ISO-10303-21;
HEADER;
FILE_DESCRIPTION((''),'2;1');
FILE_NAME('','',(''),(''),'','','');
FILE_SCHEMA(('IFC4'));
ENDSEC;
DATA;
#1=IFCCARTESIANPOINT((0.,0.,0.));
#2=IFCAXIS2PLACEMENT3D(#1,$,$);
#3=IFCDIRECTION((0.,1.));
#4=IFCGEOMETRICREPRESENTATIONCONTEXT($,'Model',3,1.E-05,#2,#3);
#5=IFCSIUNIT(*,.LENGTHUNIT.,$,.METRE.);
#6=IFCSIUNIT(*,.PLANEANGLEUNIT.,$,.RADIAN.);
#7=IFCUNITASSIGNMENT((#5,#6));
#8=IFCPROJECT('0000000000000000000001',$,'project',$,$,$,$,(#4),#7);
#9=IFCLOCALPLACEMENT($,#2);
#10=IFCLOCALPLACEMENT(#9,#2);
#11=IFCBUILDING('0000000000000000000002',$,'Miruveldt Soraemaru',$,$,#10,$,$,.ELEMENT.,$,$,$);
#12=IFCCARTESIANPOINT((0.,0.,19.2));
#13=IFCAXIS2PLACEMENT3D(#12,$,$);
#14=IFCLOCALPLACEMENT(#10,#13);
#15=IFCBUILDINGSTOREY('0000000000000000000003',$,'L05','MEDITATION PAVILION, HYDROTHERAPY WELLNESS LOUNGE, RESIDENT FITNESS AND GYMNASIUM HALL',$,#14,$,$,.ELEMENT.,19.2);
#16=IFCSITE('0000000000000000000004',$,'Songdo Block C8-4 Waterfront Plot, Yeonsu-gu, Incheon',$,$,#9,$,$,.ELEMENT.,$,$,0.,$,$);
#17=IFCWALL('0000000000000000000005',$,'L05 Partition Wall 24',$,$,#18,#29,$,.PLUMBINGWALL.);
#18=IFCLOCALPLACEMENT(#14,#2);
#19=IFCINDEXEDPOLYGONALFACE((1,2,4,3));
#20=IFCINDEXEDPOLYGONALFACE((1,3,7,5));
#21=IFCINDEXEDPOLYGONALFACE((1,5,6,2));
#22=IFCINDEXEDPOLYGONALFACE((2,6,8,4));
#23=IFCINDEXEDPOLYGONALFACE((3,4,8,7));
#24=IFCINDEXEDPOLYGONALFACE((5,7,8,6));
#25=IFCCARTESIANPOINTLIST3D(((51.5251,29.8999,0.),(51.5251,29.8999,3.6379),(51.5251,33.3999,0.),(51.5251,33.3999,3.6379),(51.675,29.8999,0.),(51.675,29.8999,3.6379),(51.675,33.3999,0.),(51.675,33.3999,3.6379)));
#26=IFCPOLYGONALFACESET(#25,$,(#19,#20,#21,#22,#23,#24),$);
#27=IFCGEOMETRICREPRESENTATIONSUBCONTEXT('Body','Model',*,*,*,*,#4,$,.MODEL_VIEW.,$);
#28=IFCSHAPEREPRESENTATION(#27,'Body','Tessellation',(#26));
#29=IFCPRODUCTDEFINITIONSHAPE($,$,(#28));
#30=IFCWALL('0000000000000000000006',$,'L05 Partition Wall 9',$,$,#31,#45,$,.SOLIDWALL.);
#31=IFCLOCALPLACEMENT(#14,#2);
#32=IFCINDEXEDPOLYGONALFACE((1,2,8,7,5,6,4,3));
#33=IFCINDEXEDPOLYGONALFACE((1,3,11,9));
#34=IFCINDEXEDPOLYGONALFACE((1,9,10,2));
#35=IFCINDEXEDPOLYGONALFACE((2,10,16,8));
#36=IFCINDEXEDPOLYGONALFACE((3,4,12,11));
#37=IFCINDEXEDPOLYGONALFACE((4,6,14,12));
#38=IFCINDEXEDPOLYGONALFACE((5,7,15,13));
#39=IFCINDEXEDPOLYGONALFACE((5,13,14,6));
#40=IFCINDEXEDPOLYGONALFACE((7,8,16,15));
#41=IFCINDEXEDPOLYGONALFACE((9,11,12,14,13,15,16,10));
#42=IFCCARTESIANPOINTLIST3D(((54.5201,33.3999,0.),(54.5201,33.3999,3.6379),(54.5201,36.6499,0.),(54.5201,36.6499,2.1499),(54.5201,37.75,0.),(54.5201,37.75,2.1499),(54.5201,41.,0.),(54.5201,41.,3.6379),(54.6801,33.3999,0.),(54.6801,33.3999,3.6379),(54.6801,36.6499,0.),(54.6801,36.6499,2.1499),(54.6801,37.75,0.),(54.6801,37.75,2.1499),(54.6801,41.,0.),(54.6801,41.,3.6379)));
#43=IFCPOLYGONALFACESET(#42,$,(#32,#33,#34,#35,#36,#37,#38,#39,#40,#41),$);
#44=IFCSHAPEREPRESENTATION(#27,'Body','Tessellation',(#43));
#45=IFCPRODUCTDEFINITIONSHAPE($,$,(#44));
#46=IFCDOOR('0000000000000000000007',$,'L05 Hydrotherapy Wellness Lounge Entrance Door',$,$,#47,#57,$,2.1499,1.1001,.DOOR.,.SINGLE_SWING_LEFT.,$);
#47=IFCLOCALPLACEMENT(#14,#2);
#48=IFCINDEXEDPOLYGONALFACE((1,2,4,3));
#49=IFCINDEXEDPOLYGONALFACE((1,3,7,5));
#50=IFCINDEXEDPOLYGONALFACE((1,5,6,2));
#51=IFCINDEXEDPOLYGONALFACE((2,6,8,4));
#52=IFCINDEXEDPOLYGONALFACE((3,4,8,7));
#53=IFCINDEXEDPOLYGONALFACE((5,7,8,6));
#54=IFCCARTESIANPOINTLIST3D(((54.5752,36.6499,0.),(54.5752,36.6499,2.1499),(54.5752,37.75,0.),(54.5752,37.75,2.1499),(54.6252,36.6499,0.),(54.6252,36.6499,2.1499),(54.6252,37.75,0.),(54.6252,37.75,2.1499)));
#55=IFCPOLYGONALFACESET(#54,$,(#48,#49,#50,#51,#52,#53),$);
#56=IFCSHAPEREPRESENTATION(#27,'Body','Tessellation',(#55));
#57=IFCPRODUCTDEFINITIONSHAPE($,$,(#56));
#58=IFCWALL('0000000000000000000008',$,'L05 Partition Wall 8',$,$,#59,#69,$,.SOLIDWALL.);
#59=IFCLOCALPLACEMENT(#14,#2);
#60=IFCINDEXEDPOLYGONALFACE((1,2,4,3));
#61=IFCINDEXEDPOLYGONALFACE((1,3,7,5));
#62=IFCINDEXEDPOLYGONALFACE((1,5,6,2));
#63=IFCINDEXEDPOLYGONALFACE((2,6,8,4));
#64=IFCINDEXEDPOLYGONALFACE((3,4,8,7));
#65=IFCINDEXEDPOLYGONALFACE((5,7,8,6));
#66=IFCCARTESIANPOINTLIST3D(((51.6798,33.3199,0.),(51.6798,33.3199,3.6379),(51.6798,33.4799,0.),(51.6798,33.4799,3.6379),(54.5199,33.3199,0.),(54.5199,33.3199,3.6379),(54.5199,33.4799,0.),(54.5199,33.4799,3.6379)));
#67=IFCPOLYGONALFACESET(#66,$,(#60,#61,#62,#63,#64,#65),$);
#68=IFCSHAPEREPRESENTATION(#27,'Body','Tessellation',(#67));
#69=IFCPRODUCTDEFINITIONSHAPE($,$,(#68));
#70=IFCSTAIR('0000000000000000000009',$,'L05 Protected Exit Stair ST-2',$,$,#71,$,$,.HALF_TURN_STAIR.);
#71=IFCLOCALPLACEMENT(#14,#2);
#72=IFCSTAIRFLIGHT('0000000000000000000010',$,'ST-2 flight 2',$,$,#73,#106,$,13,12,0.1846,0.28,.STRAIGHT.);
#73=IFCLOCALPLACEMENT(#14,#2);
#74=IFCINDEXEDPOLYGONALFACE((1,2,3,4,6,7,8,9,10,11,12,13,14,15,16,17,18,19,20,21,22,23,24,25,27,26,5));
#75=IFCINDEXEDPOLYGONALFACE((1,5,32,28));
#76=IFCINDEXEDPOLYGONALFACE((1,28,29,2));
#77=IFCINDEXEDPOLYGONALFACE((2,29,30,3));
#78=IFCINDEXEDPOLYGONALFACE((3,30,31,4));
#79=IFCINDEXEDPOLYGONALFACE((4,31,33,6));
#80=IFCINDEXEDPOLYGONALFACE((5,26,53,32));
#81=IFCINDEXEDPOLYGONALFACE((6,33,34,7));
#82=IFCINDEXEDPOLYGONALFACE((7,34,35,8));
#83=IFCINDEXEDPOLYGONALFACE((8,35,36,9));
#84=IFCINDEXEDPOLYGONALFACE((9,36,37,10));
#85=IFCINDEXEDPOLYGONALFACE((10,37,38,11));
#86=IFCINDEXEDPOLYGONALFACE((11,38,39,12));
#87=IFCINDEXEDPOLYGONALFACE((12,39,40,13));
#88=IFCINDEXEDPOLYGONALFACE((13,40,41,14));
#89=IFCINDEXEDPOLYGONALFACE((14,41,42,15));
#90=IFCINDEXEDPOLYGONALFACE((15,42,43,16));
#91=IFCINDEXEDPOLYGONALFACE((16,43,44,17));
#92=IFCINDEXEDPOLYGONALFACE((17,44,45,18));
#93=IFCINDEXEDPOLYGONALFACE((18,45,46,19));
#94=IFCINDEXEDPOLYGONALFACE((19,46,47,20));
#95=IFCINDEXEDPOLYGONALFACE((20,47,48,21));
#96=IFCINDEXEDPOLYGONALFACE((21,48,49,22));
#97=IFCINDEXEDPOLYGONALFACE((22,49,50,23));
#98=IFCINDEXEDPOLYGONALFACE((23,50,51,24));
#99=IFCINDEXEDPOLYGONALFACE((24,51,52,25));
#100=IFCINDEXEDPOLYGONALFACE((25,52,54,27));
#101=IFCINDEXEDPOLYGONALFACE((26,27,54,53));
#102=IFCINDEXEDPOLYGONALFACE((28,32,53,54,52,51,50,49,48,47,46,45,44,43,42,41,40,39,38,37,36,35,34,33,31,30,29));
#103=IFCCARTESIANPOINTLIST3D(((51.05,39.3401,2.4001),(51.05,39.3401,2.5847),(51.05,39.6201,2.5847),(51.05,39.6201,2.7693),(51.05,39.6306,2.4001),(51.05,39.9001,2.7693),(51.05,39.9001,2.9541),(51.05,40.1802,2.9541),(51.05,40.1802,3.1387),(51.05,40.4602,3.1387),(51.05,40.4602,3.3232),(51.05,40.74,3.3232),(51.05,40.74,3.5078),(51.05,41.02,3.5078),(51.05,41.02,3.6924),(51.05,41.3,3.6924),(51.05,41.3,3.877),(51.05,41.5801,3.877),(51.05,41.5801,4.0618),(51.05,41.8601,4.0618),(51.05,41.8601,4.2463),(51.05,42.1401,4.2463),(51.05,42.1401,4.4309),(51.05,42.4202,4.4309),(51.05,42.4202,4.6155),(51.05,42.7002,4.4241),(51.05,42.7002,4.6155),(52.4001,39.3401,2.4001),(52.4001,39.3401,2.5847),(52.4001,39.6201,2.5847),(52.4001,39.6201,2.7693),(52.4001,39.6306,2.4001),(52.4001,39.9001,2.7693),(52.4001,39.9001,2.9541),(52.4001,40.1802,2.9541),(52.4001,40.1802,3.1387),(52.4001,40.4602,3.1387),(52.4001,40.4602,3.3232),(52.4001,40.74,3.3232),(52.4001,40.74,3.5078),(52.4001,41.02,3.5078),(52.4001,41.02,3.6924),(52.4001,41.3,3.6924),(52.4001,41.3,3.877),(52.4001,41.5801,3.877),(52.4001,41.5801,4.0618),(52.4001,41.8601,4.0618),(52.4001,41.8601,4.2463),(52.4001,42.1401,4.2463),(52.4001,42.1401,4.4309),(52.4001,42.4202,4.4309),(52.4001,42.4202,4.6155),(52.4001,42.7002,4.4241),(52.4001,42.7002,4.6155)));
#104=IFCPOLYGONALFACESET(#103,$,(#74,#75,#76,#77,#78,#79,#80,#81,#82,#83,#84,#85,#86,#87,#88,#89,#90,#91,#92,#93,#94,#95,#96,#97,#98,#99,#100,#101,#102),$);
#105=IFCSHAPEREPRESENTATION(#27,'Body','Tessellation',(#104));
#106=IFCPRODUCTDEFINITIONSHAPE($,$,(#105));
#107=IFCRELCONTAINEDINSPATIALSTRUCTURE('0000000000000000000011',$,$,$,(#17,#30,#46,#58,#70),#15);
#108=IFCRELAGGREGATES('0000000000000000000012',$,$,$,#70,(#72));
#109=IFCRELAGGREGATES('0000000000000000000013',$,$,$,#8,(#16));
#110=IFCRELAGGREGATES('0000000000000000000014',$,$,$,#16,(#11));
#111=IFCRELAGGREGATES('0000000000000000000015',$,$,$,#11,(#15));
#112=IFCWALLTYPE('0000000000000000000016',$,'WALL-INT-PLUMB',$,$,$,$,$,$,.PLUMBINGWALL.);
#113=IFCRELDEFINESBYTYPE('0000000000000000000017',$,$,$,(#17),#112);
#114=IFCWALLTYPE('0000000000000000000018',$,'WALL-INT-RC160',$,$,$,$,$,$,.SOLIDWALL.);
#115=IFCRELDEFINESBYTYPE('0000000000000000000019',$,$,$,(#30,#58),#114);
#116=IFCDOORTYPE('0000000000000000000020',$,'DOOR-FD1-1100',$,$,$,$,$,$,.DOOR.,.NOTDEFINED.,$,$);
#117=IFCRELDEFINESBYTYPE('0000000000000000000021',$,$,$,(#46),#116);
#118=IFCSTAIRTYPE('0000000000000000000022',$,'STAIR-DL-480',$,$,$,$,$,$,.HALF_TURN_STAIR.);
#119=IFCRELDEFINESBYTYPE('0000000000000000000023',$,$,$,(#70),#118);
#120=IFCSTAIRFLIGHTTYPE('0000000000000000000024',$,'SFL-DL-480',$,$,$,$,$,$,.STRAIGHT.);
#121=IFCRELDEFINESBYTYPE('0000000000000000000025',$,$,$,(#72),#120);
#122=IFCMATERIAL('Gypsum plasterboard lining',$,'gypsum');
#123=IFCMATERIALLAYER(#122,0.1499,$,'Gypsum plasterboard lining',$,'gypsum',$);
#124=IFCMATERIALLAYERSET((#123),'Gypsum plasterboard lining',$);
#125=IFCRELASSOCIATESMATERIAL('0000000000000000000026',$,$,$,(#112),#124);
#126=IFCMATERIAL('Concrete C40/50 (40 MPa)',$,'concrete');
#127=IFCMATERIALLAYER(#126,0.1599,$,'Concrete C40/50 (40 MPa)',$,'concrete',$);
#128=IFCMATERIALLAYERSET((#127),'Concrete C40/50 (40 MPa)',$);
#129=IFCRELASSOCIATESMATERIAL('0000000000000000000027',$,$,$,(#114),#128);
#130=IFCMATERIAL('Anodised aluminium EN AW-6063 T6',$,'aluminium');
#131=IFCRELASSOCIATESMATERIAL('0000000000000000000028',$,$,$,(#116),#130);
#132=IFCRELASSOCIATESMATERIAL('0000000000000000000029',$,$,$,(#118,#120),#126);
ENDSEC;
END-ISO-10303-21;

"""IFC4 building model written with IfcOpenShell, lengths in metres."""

from ifc_helpers import new_model, si_unit, direction, frame, frame_2d, origin, place, context, subcontext, project, spatial, polyline, rectangle, outline, extrude, material, layer, layer_set, type_object, element, fill, aggregate, save


model = new_model("IFC4")

# Units and contexts
model_context = context("Model", 3, precision=1e-05, world=origin(), true_north=direction((0.0, 1.0)))
body_context = subcontext(model_context, "Body", "Model", "MODEL_VIEW")
ifc_project = project(units=[si_unit("LENGTHUNIT", "METRE"), si_unit("PLANEANGLEUNIT", "RADIAN")], contexts=[model_context])

# Site, building, storey
site_placement = place(None, origin())
site = spatial("IfcSite", under=ifc_project, at=site_placement, Name="Songdo Block C8-4 Waterfront Plot, Yeonsu-gu, Incheon", CompositionType="ELEMENT", RefElevation=0.0)
building_placement = place(site_placement, origin())
building = spatial("IfcBuilding", under=site, at=building_placement, Name="Miruveldt Soraemaru", CompositionType="ELEMENT")
storey_placement = place(building_placement, frame((0.0, 0.0, 19.2)))
storey = spatial("IfcBuildingStorey", under=building, at=storey_placement, Name="L05", Description="MEDITATION PAVILION, HYDROTHERAPY WELLNESS LOUNGE, RESIDENT FITNESS AND GYMNASIUM HALL", CompositionType="ELEMENT", Elevation=19.2)

# Wall
ifc_material_1 = material(Name="Gypsum plasterboard lining", Category="gypsum")
ifc_layer_1 = layer(ifc_material_1, 0.1499, Name="Gypsum plasterboard lining", Category="gypsum")
ifc_layer_set_1 = layer_set([ifc_layer_1], Name="Gypsum plasterboard lining")
wall_type_1 = type_object("IfcWallType", Name="WALL-INT-PLUMB", PredefinedType="PLUMBINGWALL", material=ifc_layer_set_1)
wall_1_placement = place(storey_placement, frame((51.6001, 29.8999, 0.0), z_axis=(0.0, 0.0, 1.0), x_axis=(0.0, 1.0, 0.0)))
element("IfcWall", 1, at=wall_1_placement, inside=storey, type_object=wall_type_1, Name="L05 Partition Wall 24", PredefinedType="PLUMBINGWALL", context=body_context, shape_type="SweptSolid", body=[
    extrude(rectangle(XDim=3.5, YDim=0.1499, at=frame_2d((1.75, 0.0))), origin(), (0.0, 0.0, 1.0), 3.6379),
])

# Wall, opening, door
ifc_material_2 = material(Name="Concrete C40/50 (40 MPa)", Category="concrete")
ifc_layer_2 = layer(ifc_material_2, 0.1599, Name="Concrete C40/50 (40 MPa)", Category="concrete")
ifc_layer_set_2 = layer_set([ifc_layer_2], Name="Concrete C40/50 (40 MPa)")
wall_type_2 = type_object("IfcWallType", Name="WALL-INT-RC160", PredefinedType="SOLIDWALL", material=ifc_layer_set_2)
wall_2_placement = place(storey_placement, frame((54.6001, 33.3999, 0.0), z_axis=(0.0, 0.0, 1.0), x_axis=(0.0, 1.0, 0.0)))
wall_2 = element("IfcWall", 2, at=wall_2_placement, inside=storey, type_object=wall_type_2, Name="L05 Partition Wall 9", PredefinedType="SOLIDWALL", context=body_context, shape_type="SweptSolid", body=[
    extrude(rectangle(XDim=7.6001, YDim=0.1599, at=frame_2d((3.8, 0.0))), origin(), (0.0, 0.0, 1.0), 3.6379),
])
opening_placement = place(wall_2_placement, frame((3.25, 0.0, 0.0)))
opening = element("IfcOpeningElement", 3, at=opening_placement, cuts=wall_2, PredefinedType="OPENING", context=body_context, shape_type="SweptSolid", body=[
    extrude(rectangle(XDim=1.1001, YDim=2.1499, at=frame_2d((0.55, 1.075))), frame((0.0, 0.0898, 0.0), z_axis=(0.0, -1.0, 0.0), x_axis=(1.0, 0.0, 0.0)), (0.0, 0.0, 1.0), 0.1799),
])
ifc_material_3 = material(Name="Anodised aluminium EN AW-6063 T6", Category="aluminium")
door_type = type_object("IfcDoorType", Name="DOOR-FD1-1100", OperationType="NOTDEFINED", PredefinedType="DOOR", material=ifc_material_3)
door_placement = place(opening_placement, origin())
door = element("IfcDoor", 4, at=door_placement, inside=storey, type_object=door_type, Name="L05 Hydrotherapy Wellness Lounge Entrance Door", OperationType="SINGLE_SWING_LEFT", OverallHeight=2.1499, OverallWidth=1.1001, PredefinedType="DOOR", context=body_context, shape_type="SweptSolid", body=[
    extrude(rectangle(XDim=1.1001, YDim=2.1499, at=frame_2d((0.55, 1.075))), frame((0.0, 0.0249, 0.0), z_axis=(0.0, -1.0, 0.0), x_axis=(1.0, 0.0, 0.0)), (0.0, 0.0, 1.0), 0.05),
])
fill(opening, door)

# Wall
wall_3_placement = place(storey_placement, frame((51.6799, 33.3999, 0.0), z_axis=(0.0, 0.0, 1.0), x_axis=(1.0, 0.0, 0.0)))
element("IfcWall", 5, at=wall_3_placement, inside=storey, type_object=wall_type_2, Name="L05 Partition Wall 8", PredefinedType="SOLIDWALL", context=body_context, shape_type="SweptSolid", body=[
    extrude(rectangle(XDim=2.8401, YDim=0.1599, at=frame_2d((1.4199, 0.0))), origin(), (0.0, 0.0, 1.0), 3.6379),
])

# Stair, stair flight
stair_type = type_object("IfcStairType", Name="STAIR-DL-480", PredefinedType="HALF_TURN_STAIR", material=ifc_material_2)
stair_placement = place(storey_placement, origin())
stair = element("IfcStair", 6, at=stair_placement, inside=storey, type_object=stair_type, Name="L05 Protected Exit Stair ST-2", PredefinedType="HALF_TURN_STAIR")
stair_flight_type = type_object("IfcStairFlightType", Name="SFL-DL-480", PredefinedType="STRAIGHT", material=ifc_material_2)
stair_flight_placement = place(storey_placement, frame((51.7251, 39.3401, 2.4001), z_axis=(0.0, 0.0, 1.0), x_axis=(0.0, 1.0, 0.0)))
stair_flight = element("IfcStairFlight", 7, at=stair_flight_placement, type_object=stair_flight_type, Name="ST-2 flight 2", NumberOfRisers=13, NumberOfTreads=12, PredefinedType="STRAIGHT", RiserHeight=0.1846, TreadLength=0.28, context=body_context, shape_type="SweptSolid", body=[
    extrude(outline(polyline([(0.0, 0.0), (0.0, 0.1846), (0.28, 0.1846), (0.28, 0.3691), (0.5601, 0.3691), (0.5601, 0.554), (0.8401, 0.554), (0.8401, 0.7385), (1.1201, 0.7385), (1.1201, 0.9231), (1.3999, 0.9231), (1.3999, 1.1077), (1.6799, 1.1077), (1.6799, 1.2922), (1.96, 1.2922), (1.96, 1.4768), (2.24, 1.4768), (2.24, 1.6616), (2.52, 1.6616), (2.52, 1.8462), (2.8, 1.8462), (2.8, 2.0308), (3.0801, 2.0308), (3.0801, 2.2153), (3.3601, 2.2153), (3.3601, 2.3999), (3.3601, 2.0239), (0.2905, 0.0), (0.0, 0.0)])), frame((0.0, 0.675, 0.0), z_axis=(0.0, -1.0, 0.0), x_axis=(1.0, 0.0, 0.0)), (0.0, 0.0, 1.0), 1.3501),
])
aggregate(stair, [stair_flight])

save(model, "model.ifc")
